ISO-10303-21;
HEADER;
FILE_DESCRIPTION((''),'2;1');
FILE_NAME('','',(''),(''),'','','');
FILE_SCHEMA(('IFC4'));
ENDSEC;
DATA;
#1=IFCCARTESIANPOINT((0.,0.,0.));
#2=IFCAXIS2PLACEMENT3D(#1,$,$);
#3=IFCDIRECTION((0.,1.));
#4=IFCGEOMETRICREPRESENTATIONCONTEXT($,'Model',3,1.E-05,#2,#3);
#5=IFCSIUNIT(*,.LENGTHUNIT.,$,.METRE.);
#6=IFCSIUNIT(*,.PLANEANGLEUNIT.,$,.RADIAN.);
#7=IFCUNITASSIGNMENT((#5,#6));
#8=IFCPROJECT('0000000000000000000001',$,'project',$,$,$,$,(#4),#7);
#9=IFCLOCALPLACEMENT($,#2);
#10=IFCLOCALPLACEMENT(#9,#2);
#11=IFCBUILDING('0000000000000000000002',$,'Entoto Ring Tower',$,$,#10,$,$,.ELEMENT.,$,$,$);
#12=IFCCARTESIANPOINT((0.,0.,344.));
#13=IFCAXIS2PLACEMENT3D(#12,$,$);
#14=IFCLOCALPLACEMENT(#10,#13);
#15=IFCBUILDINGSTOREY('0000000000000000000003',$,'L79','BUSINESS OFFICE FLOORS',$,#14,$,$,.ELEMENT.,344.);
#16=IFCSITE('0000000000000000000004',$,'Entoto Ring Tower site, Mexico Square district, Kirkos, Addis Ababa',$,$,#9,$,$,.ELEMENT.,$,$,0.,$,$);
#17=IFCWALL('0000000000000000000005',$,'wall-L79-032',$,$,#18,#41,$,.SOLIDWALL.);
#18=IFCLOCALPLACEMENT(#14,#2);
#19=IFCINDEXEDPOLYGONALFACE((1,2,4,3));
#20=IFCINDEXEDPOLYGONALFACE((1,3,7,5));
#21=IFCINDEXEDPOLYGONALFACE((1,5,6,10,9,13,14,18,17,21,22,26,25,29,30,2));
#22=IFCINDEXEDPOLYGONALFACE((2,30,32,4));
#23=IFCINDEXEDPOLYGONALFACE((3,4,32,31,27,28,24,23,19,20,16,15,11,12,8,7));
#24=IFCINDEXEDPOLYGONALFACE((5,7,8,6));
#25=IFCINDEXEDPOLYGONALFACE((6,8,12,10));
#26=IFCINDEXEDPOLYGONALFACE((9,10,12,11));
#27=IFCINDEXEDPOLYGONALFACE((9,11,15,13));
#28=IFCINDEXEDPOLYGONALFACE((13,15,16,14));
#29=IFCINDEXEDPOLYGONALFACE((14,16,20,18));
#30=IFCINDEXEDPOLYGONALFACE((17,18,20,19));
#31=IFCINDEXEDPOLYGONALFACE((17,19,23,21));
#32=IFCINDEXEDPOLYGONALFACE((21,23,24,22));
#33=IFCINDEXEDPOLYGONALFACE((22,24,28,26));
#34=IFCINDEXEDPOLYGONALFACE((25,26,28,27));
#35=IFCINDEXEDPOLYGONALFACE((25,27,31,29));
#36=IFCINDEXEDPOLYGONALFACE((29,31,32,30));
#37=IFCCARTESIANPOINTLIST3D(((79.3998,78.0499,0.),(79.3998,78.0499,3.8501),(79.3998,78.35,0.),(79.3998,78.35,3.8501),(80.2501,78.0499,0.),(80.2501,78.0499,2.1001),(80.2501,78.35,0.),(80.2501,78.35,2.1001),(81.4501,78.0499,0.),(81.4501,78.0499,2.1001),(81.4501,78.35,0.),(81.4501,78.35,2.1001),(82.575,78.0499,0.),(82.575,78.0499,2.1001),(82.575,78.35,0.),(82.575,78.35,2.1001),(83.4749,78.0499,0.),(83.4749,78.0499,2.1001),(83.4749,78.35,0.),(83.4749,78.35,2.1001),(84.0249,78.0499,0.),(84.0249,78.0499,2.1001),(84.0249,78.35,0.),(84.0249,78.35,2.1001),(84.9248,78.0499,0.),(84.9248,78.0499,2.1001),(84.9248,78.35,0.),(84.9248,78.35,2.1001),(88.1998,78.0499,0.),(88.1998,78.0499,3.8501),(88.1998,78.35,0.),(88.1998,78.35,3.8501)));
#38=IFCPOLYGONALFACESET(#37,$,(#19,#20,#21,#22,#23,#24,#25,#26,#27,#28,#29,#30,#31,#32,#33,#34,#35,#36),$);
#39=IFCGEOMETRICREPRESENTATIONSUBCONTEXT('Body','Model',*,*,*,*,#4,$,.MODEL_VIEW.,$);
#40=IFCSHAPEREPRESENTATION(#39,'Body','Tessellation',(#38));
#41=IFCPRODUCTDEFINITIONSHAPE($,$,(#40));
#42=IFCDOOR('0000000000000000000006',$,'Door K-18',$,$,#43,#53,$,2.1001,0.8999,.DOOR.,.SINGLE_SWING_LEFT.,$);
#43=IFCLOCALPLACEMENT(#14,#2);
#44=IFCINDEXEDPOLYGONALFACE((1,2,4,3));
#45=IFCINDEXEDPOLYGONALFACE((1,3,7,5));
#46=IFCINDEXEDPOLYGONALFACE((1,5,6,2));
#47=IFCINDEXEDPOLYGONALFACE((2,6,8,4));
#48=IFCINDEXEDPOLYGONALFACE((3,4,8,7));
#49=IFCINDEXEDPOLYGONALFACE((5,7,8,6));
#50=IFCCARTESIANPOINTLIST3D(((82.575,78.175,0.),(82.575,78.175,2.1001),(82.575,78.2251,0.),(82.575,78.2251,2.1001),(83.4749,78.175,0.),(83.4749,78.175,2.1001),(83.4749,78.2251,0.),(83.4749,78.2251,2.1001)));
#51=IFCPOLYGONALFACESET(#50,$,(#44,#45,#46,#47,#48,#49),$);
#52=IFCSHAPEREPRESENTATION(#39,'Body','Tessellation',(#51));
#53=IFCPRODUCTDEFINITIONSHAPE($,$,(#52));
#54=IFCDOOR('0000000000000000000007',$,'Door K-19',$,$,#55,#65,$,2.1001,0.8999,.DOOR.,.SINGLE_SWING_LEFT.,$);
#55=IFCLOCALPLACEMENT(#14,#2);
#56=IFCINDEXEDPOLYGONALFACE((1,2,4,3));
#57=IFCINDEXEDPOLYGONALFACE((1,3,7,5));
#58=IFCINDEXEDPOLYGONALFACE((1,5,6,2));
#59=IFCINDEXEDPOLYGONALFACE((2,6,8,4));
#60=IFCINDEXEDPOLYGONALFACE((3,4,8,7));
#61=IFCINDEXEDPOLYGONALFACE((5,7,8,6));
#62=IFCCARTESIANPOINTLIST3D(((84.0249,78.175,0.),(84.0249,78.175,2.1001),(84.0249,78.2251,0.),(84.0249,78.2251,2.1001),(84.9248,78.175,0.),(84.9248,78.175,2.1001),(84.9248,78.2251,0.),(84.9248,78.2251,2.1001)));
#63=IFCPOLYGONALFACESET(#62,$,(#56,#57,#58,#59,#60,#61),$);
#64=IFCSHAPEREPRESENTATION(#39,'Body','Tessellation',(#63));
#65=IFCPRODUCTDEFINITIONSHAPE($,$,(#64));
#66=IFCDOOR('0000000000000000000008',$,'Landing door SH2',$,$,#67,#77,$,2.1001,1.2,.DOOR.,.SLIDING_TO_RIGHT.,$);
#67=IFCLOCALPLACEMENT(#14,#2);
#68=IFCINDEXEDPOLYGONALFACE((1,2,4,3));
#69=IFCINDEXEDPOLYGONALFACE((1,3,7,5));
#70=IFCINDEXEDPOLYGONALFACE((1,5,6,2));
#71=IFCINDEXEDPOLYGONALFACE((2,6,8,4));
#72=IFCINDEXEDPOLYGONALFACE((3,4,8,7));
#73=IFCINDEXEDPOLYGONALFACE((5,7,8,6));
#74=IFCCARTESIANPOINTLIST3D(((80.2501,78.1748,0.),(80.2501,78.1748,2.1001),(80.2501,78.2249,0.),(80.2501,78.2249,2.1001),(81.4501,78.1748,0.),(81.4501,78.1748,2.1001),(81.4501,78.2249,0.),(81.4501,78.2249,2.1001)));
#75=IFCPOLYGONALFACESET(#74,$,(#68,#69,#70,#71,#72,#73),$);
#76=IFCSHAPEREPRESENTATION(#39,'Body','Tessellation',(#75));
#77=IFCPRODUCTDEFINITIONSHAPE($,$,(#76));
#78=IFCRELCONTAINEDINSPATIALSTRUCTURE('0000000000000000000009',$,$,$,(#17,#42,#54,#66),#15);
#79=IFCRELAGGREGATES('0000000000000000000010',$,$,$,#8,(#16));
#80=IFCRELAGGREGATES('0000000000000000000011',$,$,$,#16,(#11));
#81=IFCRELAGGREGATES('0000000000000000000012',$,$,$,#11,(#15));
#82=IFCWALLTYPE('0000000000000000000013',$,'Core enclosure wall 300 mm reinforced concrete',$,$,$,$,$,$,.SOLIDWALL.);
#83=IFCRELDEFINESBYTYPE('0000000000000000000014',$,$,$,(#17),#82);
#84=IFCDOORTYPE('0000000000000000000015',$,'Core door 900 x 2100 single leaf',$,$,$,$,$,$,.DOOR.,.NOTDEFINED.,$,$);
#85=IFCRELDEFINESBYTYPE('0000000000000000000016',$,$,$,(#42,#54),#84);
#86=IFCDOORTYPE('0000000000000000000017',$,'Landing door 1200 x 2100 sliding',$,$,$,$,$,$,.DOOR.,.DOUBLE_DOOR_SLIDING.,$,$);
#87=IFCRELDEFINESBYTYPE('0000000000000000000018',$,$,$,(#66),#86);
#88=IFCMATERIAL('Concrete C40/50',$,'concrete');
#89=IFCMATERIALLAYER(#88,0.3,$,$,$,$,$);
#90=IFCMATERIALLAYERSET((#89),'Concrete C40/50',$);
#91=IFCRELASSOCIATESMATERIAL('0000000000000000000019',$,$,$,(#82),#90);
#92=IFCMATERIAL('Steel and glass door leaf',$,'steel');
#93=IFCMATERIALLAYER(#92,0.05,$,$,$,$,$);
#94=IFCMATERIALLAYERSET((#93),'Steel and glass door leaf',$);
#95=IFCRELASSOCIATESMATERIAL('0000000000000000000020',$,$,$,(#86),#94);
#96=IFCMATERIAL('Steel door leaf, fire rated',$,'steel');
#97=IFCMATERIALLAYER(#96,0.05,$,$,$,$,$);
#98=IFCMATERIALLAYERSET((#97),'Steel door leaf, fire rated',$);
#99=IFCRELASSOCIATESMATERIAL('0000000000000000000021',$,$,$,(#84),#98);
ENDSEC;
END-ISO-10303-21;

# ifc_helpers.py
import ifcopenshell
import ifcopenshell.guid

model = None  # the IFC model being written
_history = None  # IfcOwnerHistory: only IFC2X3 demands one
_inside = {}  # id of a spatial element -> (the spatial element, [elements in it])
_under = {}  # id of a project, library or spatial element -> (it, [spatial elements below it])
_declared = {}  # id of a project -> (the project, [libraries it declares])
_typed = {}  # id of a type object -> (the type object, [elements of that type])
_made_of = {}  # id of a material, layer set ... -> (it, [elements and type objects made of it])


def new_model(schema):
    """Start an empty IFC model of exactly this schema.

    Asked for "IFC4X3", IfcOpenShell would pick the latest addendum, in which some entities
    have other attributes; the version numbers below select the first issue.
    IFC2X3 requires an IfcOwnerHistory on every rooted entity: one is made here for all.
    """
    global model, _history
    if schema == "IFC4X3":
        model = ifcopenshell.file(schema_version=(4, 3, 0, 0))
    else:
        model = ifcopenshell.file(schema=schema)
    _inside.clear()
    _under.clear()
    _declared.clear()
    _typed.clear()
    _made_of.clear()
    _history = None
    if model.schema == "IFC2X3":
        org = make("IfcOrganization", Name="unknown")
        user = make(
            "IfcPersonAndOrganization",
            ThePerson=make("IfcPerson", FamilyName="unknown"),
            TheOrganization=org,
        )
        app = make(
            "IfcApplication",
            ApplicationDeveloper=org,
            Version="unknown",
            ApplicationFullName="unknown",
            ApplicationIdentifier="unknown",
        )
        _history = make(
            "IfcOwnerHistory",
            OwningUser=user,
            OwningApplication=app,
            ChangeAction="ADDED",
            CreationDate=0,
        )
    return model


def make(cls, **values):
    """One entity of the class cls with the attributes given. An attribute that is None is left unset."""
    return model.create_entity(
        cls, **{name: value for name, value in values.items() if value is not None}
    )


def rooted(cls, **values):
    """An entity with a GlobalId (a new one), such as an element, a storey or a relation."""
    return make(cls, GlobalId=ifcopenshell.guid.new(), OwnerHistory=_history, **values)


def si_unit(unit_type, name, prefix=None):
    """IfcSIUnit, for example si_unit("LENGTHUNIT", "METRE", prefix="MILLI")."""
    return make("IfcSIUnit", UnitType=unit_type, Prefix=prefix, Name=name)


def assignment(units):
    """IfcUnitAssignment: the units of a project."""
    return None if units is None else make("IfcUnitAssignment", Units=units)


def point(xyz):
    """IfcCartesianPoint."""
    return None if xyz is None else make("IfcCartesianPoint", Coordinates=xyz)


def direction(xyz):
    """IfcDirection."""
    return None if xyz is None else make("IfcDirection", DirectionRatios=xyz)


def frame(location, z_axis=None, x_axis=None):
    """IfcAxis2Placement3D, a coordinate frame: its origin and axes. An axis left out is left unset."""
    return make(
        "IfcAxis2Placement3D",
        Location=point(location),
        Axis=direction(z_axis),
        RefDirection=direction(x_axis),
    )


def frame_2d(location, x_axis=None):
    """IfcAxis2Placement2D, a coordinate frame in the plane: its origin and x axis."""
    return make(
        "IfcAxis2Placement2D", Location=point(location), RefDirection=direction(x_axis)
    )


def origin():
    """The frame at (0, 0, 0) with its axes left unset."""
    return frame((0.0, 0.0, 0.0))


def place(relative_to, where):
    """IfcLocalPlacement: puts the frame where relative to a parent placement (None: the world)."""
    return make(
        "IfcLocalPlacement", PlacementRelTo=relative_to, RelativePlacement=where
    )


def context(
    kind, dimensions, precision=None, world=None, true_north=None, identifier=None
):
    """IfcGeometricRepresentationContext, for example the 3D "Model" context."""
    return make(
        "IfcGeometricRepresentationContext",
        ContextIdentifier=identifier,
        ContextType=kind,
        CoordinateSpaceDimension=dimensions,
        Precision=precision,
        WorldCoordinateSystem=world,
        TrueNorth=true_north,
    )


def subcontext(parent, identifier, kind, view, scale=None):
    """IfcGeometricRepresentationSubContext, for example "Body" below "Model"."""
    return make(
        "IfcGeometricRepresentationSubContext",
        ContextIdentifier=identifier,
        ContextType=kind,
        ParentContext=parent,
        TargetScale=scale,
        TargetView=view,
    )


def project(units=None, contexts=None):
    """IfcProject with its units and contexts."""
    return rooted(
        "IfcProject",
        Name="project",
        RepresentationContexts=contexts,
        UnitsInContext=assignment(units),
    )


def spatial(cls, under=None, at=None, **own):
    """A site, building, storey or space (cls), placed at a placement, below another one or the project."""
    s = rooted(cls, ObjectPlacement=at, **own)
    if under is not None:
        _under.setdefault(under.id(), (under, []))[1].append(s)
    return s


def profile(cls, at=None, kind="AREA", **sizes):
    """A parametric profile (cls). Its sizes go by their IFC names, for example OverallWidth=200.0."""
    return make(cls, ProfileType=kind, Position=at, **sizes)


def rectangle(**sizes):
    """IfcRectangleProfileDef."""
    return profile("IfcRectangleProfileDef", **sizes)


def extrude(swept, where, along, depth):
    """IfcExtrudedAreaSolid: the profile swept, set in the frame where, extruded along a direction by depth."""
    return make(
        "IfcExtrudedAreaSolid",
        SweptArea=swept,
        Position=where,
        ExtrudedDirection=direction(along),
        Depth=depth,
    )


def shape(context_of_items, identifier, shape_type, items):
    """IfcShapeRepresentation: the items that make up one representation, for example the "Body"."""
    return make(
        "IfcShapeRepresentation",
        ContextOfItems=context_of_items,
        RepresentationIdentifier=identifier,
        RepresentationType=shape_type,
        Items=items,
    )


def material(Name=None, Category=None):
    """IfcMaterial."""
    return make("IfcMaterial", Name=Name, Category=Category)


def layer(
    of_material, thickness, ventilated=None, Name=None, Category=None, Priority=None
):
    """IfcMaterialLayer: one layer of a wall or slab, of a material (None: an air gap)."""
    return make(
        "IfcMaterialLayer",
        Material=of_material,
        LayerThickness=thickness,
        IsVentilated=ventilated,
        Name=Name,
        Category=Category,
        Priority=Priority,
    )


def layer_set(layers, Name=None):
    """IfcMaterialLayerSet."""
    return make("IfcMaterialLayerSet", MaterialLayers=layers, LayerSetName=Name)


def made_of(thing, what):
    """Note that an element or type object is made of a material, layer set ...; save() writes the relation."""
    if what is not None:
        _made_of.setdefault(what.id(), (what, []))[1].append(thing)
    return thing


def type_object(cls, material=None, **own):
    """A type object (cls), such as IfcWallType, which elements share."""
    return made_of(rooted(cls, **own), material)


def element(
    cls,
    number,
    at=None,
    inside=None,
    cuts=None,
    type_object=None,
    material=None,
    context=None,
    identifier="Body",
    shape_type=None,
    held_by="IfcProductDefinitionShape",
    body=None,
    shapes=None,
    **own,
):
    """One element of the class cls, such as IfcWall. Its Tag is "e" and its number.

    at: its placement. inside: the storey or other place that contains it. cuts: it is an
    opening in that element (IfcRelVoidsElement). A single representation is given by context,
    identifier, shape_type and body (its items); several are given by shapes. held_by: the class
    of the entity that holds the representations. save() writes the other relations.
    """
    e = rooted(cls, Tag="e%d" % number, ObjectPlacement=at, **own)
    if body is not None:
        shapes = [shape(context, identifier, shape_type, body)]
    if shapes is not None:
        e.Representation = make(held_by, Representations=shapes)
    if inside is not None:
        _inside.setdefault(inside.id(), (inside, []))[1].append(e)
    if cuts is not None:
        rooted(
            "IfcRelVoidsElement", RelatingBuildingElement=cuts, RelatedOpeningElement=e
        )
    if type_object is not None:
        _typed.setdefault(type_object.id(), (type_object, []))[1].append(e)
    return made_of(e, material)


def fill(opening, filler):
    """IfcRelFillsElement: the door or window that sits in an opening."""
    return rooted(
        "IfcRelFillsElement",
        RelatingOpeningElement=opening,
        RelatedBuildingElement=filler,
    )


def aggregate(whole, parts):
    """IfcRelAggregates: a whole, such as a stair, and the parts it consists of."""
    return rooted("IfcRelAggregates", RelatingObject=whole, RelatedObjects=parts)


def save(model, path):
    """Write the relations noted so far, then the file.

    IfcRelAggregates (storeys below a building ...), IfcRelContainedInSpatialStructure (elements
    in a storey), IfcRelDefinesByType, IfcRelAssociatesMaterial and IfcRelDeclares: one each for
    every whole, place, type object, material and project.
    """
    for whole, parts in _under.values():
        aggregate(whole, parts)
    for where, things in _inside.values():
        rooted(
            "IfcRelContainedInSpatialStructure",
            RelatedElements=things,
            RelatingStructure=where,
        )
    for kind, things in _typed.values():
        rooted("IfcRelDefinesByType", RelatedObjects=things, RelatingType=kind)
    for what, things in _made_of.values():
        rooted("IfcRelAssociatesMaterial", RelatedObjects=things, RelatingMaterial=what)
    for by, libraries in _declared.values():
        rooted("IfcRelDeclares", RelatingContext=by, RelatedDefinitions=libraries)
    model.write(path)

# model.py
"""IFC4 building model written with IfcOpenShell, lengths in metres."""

from ifc_helpers import new_model, si_unit, direction, frame, frame_2d, origin, place, context, subcontext, project, spatial, rectangle, extrude, material, layer, layer_set, type_object, element, fill, save


model = new_model("IFC4")

# Units and contexts
model_context = context("Model", 3, precision=1e-05, world=origin(), true_north=direction((0.0, 1.0)))
body_context = subcontext(model_context, "Body", "Model", "MODEL_VIEW")
ifc_project = project(units=[si_unit("LENGTHUNIT", "METRE"), si_unit("PLANEANGLEUNIT", "RADIAN")], contexts=[model_context])

# Site, building, storey
site_placement = place(None, origin())
site = spatial("IfcSite", under=ifc_project, at=site_placement, Name="Entoto Ring Tower site, Mexico Square district, Kirkos, Addis Ababa", CompositionType="ELEMENT", RefElevation=0.0)
building_placement = place(site_placement, origin())
building = spatial("IfcBuilding", under=site, at=building_placement, Name="Entoto Ring Tower", CompositionType="ELEMENT")
storey_placement = place(building_placement, frame((0.0, 0.0, 344.0)))
storey = spatial("IfcBuildingStorey", under=building, at=storey_placement, Name="L79", Description="BUSINESS OFFICE FLOORS", CompositionType="ELEMENT", Elevation=344.0)

# Shared definitions
ifc_material_1 = material(Name="Concrete C40/50", Category="concrete")
ifc_layer_1 = layer(ifc_material_1, 0.3)
ifc_layer_set_1 = layer_set([ifc_layer_1], Name="Concrete C40/50")
wall_type = type_object("IfcWallType", Name="Core enclosure wall 300 mm reinforced concrete", PredefinedType="SOLIDWALL", material=ifc_layer_set_1)
ifc_material_2 = material(Name="Steel and glass door leaf", Category="steel")
ifc_layer_2 = layer(ifc_material_2, 0.05)
ifc_layer_set_2 = layer_set([ifc_layer_2], Name="Steel and glass door leaf")
door_type_1 = type_object("IfcDoorType", Name="Landing door 1200 x 2100 sliding", OperationType="DOUBLE_DOOR_SLIDING", PredefinedType="DOOR", material=ifc_layer_set_2)

# Wall, openings, doors
wall_1_placement = place(storey_placement, frame((79.3999, 78.2, 0.0), z_axis=(0.0, 0.0, 1.0), x_axis=(1.0, 0.0, 0.0)))
wall_1 = element("IfcWall", 1, at=wall_1_placement, inside=storey, type_object=wall_type, Name="wall-L79-032", PredefinedType="SOLIDWALL", context=body_context, shape_type="SweptSolid", body=[
    extrude(rectangle(XDim=8.8, YDim=0.3, at=frame_2d((4.3999, 0.0))), origin(), (0.0, 0.0, 1.0), 3.8501),
])
opening_1_placement = place(wall_1_placement, frame((0.8501, 0.0, 0.0)))
opening_1 = element("IfcOpeningElement", 2, at=opening_1_placement, cuts=wall_1, PredefinedType="OPENING", context=body_context, shape_type="SweptSolid", body=[
    extrude(rectangle(XDim=1.2, YDim=2.1001, at=frame_2d((0.6001, 1.05))), frame((0.0, 0.1602, 0.0), z_axis=(0.0, -1.0, 0.0), x_axis=(1.0, 0.0, 0.0)), (0.0, 0.0, 1.0), 0.3201),
])
opening_2_placement = place(wall_1_placement, frame((3.175, 0.0, 0.0)))
opening_2 = element("IfcOpeningElement", 3, at=opening_2_placement, cuts=wall_1, PredefinedType="OPENING", context=body_context, shape_type="SweptSolid", body=[
    extrude(rectangle(XDim=0.8999, YDim=2.1001, at=frame_2d((0.45, 1.05))), frame((0.0, 0.1602, 0.0), z_axis=(0.0, -1.0, 0.0), x_axis=(1.0, 0.0, 0.0)), (0.0, 0.0, 1.0), 0.3201),
])
opening_3_placement = place(wall_1_placement, frame((4.625, 0.0, 0.0)))
opening_3 = element("IfcOpeningElement", 4, at=opening_3_placement, cuts=wall_1, PredefinedType="OPENING", context=body_context, shape_type="SweptSolid", body=[
    extrude(rectangle(XDim=0.8999, YDim=2.1001, at=frame_2d((0.45, 1.05))), frame((0.0, 0.1602, 0.0), z_axis=(0.0, -1.0, 0.0), x_axis=(1.0, 0.0, 0.0)), (0.0, 0.0, 1.0), 0.3201),
])
ifc_material_3 = material(Name="Steel door leaf, fire rated", Category="steel")
ifc_layer_3 = layer(ifc_material_3, 0.05)
ifc_layer_set_3 = layer_set([ifc_layer_3], Name="Steel door leaf, fire rated")
door_type_2 = type_object("IfcDoorType", Name="Core door 900 x 2100 single leaf", OperationType="NOTDEFINED", PredefinedType="DOOR", material=ifc_layer_set_3)
door_1_placement = place(opening_2_placement, frame((0.8999, 0.0, 0.0), z_axis=(0.0, 0.0, 1.0), x_axis=(-1.0, 0.0, 0.0)))
door_1 = element("IfcDoor", 5, at=door_1_placement, inside=storey, type_object=door_type_2, Name="Door K-18", OperationType="SINGLE_SWING_LEFT", OverallHeight=2.1001, OverallWidth=0.8999, PredefinedType="DOOR", context=body_context, shape_type="SweptSolid", body=[
    extrude(rectangle(XDim=0.8999, YDim=2.1001, at=frame_2d((0.45, 1.05))), frame((0.0, 0.0249, 0.0), z_axis=(0.0, -1.0, 0.0), x_axis=(1.0, 0.0, 0.0)), (0.0, 0.0, 1.0), 0.05),
])
fill(opening_2, door_1)
door_2_placement = place(opening_3_placement, frame((0.8999, 0.0, 0.0), z_axis=(0.0, 0.0, 1.0), x_axis=(-1.0, 0.0, 0.0)))
door_2 = element("IfcDoor", 6, at=door_2_placement, inside=storey, type_object=door_type_2, Name="Door K-19", OperationType="SINGLE_SWING_LEFT", OverallHeight=2.1001, OverallWidth=0.8999, PredefinedType="DOOR", context=body_context, shape_type="SweptSolid", body=[
    extrude(rectangle(XDim=0.8999, YDim=2.1001, at=frame_2d((0.45, 1.05))), frame((0.0, 0.0249, 0.0), z_axis=(0.0, -1.0, 0.0), x_axis=(1.0, 0.0, 0.0)), (0.0, 0.0, 1.0), 0.05),
])
fill(opening_3, door_2)
door_3_placement = place(opening_1_placement, origin())
door_3 = element("IfcDoor", 7, at=door_3_placement, inside=storey, type_object=door_type_1, Name="Landing door SH2", OperationType="SLIDING_TO_RIGHT", OverallHeight=2.1001, OverallWidth=1.2, PredefinedType="DOOR", context=body_context, shape_type="SweptSolid", body=[
    extrude(rectangle(XDim=1.2, YDim=2.1001, at=frame_2d((0.6001, 1.05))), frame((0.0, 0.0249, 0.0), z_axis=(0.0, -1.0, 0.0), x_axis=(1.0, 0.0, 0.0)), (0.0, 0.0, 1.0), 0.05),
])
fill(opening_1, door_3)

save(model, "model.ifc")
